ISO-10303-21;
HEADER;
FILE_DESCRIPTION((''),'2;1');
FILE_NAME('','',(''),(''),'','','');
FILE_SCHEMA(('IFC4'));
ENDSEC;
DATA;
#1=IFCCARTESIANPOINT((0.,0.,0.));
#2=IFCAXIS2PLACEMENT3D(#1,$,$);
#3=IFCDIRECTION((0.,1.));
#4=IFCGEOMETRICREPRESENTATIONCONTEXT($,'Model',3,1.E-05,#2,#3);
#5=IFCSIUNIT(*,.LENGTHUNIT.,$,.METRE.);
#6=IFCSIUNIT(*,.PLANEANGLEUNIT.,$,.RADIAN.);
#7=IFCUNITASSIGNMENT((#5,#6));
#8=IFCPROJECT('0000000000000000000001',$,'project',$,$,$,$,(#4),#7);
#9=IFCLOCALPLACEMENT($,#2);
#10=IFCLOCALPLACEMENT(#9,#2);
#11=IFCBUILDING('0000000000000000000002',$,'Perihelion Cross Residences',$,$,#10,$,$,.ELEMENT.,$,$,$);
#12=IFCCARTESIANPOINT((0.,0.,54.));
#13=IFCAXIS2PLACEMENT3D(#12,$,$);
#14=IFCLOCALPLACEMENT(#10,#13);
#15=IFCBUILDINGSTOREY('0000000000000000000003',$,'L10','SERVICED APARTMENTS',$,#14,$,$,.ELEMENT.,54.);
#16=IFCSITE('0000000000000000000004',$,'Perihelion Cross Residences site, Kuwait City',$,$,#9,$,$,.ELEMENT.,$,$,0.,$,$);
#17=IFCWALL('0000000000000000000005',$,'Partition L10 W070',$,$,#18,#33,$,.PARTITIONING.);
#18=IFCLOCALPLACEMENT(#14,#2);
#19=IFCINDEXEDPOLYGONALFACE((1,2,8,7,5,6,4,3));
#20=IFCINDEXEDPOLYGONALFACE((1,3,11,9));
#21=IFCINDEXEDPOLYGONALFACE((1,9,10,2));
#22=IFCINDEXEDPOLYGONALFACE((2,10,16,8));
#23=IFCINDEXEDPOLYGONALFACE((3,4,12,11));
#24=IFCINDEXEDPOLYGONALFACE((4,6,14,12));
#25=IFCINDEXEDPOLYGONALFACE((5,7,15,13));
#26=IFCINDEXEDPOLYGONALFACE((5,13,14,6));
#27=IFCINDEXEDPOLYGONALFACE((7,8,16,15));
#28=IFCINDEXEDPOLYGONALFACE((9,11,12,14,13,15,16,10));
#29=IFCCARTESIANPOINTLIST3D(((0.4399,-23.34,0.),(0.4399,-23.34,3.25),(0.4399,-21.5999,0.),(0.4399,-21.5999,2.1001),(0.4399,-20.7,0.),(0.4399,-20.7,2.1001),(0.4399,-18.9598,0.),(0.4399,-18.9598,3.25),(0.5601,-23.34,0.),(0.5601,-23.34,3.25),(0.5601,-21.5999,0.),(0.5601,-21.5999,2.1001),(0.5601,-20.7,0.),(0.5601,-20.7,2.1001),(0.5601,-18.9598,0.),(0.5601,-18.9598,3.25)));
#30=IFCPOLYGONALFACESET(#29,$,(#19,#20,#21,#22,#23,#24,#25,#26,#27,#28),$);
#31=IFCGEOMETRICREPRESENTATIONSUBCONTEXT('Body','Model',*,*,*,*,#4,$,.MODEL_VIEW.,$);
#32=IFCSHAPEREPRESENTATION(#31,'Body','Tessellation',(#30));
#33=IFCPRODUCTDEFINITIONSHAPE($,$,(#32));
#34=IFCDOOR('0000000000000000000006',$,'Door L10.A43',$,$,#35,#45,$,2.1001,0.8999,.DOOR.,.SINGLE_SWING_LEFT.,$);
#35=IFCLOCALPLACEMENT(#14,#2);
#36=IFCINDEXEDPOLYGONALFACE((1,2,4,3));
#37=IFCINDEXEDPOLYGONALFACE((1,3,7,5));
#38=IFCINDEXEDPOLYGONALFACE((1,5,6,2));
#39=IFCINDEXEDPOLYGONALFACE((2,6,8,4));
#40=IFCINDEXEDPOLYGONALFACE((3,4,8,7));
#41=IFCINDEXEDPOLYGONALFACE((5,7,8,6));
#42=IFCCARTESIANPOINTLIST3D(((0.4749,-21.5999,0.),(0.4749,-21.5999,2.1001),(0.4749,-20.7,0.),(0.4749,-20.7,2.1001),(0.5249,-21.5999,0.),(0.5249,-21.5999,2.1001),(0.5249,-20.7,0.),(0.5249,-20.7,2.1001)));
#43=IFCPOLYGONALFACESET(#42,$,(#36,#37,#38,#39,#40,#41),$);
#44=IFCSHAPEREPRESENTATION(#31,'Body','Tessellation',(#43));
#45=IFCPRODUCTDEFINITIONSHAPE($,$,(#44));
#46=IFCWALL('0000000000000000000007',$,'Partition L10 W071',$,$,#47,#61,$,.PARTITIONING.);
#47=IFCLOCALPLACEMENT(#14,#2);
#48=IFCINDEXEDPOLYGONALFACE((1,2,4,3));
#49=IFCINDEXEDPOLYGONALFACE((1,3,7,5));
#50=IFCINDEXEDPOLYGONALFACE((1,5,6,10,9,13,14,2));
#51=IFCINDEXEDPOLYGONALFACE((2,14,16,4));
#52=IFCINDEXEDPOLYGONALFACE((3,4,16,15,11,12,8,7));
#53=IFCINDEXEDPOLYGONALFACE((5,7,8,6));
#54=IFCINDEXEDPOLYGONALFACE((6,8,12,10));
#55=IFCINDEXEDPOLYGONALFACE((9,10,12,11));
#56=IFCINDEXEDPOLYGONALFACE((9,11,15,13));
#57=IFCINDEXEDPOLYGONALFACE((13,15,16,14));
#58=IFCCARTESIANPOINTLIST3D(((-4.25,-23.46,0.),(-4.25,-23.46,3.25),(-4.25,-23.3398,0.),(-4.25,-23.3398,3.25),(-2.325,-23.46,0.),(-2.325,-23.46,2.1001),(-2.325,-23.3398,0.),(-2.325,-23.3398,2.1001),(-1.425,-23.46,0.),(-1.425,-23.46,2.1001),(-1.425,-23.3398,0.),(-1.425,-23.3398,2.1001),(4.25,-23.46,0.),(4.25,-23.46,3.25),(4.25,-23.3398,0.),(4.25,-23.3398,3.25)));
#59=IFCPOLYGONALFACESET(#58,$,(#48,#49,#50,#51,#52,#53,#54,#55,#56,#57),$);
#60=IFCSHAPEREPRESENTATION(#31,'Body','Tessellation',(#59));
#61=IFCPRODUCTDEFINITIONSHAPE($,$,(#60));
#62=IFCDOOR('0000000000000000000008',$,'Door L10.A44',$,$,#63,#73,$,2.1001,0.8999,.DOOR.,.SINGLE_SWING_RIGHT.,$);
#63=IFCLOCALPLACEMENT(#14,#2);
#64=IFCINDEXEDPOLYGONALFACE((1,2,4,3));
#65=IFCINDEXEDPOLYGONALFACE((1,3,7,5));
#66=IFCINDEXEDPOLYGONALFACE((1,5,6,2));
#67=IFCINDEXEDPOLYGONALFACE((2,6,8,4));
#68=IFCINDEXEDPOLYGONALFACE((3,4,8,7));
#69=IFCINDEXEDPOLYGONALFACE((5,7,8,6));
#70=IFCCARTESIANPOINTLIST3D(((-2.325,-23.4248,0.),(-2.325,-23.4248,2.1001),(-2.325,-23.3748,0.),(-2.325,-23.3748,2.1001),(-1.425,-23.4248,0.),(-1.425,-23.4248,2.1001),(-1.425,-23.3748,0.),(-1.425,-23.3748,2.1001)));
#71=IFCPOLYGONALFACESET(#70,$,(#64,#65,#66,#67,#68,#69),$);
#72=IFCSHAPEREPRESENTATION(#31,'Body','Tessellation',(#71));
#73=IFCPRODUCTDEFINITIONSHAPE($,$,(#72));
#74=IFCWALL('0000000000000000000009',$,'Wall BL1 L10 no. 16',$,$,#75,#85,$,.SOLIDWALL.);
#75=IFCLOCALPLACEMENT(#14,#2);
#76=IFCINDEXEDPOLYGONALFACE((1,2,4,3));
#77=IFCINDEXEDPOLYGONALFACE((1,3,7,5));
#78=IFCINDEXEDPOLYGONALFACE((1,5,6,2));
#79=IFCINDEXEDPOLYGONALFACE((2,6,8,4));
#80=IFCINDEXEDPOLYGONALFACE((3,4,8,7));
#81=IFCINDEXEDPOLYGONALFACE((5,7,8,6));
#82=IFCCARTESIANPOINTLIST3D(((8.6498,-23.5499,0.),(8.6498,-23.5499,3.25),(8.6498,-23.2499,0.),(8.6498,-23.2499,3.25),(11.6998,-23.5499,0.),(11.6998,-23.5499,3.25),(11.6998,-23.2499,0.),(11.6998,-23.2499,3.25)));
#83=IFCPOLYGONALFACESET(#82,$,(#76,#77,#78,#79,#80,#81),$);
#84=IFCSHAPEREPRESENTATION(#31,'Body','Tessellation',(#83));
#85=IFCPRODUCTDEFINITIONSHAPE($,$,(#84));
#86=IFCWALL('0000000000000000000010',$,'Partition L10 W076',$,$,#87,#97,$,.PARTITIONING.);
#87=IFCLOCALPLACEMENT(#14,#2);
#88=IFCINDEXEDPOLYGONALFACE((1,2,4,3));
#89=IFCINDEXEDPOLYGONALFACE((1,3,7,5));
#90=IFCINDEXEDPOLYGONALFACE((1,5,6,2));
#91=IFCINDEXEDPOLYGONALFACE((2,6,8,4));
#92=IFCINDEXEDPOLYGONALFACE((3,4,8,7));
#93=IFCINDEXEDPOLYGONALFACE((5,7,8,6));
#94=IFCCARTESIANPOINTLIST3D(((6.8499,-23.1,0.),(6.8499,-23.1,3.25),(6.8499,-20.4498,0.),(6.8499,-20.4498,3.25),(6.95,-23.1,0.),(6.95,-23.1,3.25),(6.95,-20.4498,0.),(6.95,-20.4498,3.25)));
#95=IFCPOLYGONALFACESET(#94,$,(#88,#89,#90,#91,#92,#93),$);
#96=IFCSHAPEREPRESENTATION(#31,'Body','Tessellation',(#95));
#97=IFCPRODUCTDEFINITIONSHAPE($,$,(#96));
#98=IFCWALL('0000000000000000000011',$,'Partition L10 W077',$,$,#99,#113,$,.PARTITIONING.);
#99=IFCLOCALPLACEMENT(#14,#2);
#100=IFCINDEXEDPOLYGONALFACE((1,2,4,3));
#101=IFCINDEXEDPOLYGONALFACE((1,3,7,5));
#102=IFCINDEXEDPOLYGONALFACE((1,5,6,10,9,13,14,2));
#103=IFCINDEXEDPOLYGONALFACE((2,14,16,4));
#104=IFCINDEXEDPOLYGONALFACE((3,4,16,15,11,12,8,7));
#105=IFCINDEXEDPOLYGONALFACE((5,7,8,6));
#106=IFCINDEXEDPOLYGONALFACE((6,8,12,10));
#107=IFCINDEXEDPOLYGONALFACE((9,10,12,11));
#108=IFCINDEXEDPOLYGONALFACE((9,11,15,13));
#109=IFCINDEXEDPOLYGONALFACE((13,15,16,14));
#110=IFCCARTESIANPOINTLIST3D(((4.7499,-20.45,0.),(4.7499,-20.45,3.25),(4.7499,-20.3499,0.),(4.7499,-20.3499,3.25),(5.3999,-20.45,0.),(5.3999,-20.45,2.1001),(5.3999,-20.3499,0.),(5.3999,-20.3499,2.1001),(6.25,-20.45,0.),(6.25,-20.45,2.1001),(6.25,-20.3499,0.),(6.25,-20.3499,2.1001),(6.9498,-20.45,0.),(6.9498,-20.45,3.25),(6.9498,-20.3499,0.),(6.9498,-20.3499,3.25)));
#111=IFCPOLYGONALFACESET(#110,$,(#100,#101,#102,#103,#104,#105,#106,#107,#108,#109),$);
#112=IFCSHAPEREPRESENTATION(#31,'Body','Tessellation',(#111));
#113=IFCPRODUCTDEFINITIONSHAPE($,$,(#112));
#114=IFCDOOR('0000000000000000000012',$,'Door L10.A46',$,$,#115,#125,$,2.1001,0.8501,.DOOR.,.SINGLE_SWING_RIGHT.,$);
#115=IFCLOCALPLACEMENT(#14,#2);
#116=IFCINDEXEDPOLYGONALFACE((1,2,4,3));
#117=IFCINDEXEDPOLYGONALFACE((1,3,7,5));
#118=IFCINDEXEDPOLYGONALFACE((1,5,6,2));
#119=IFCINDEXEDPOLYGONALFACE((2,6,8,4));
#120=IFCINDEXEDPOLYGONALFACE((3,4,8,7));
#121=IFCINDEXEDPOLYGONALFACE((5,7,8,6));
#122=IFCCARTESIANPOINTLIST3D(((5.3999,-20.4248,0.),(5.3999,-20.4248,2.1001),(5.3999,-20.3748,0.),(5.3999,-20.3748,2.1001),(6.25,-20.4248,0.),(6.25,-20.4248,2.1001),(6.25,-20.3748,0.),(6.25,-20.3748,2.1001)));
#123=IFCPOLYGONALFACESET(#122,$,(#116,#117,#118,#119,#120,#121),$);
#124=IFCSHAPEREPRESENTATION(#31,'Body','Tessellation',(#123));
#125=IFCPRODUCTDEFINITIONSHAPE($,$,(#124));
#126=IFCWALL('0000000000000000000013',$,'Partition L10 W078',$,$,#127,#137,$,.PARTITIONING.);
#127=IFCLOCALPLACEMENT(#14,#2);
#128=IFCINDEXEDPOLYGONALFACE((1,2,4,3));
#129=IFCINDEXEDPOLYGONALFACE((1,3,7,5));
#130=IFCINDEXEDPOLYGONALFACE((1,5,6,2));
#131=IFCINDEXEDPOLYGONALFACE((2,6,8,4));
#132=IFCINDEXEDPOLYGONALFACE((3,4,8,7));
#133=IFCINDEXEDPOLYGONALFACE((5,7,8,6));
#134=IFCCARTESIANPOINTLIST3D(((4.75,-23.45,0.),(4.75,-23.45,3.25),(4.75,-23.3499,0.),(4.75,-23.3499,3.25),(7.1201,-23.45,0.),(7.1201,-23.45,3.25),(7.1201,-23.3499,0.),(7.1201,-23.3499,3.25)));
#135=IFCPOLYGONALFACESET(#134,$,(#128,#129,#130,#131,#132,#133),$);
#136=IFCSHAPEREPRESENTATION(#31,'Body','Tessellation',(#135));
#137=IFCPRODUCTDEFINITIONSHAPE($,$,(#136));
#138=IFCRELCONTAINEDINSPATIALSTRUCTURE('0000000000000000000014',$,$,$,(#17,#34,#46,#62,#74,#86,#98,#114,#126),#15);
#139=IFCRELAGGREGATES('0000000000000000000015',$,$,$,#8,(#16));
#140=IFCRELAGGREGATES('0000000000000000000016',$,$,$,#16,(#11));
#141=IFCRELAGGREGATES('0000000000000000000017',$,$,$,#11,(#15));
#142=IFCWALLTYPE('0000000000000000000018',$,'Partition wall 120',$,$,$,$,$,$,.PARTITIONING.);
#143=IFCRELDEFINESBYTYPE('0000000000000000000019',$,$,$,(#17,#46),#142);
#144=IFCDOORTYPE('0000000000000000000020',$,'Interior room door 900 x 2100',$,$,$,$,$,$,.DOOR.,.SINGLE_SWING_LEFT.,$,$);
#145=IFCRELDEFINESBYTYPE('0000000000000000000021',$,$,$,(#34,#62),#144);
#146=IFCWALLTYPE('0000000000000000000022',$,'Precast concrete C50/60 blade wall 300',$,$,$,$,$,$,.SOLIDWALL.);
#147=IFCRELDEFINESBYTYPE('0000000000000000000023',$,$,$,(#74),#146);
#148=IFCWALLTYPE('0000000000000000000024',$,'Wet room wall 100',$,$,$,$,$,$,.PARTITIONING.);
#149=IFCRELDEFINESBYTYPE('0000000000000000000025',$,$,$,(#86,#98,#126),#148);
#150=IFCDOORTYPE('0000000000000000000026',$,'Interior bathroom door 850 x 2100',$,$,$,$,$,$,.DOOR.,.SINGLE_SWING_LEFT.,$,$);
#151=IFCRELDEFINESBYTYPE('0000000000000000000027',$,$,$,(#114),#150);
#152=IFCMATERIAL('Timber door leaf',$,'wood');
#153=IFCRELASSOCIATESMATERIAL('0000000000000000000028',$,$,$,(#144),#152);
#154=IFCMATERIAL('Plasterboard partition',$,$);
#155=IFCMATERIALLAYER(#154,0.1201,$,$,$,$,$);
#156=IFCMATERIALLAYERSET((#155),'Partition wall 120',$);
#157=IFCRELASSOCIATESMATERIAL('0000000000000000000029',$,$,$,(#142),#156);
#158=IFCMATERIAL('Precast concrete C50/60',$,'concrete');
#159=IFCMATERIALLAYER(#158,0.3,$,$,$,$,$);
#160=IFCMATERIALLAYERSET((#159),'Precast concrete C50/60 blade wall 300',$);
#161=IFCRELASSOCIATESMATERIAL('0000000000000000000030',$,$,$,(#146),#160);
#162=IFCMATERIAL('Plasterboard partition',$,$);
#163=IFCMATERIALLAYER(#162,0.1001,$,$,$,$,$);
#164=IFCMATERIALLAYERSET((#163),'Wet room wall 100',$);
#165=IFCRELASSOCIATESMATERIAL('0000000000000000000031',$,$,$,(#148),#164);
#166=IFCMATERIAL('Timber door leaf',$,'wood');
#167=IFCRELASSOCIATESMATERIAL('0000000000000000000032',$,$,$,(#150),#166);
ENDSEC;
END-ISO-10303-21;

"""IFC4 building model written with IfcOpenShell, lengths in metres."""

from ifc_helpers import new_model, si_unit, direction, frame, frame_2d, origin, place, context, subcontext, project, spatial, rectangle, extrude, material, layer, layer_set, type_object, element, fill, save


model = new_model("IFC4")

# Units and contexts
model_context = context("Model", 3, precision=1e-05, world=origin(), true_north=direction((0.0, 1.0)))
body_context = subcontext(model_context, "Body", "Model", "MODEL_VIEW")
ifc_project = project(units=[si_unit("LENGTHUNIT", "METRE"), si_unit("PLANEANGLEUNIT", "RADIAN")], contexts=[model_context])

# Site, building, storey
site_placement = place(None, origin())
site = spatial("IfcSite", under=ifc_project, at=site_placement, Name="Perihelion Cross Residences site, Kuwait City", CompositionType="ELEMENT", RefElevation=0.0)
building_placement = place(site_placement, origin())
building = spatial("IfcBuilding", under=site, at=building_placement, Name="Perihelion Cross Residences", CompositionType="ELEMENT")
storey_placement = place(building_placement, frame((0.0, 0.0, 54.0)))
storey = spatial("IfcBuildingStorey", under=building, at=storey_placement, Name="L10", Description="SERVICED APARTMENTS", CompositionType="ELEMENT", Elevation=54.0)

# Walls, openings, doors
ifc_material_1 = material(Name="Timber door leaf", Category="wood")
door_type_1 = type_object("IfcDoorType", Name="Interior room door 900 x 2100", OperationType="SINGLE_SWING_LEFT", PredefinedType="DOOR", material=ifc_material_1)
ifc_material_2 = material(Name="Plasterboard partition")
ifc_layer_1 = layer(ifc_material_2, 0.1201)
ifc_layer_set_1 = layer_set([ifc_layer_1], Name="Partition wall 120")
wall_type_1 = type_object("IfcWallType", Name="Partition wall 120", PredefinedType="PARTITIONING", material=ifc_layer_set_1)
wall_1_placement = place(storey_placement, frame((0.5, -18.96, 0.0), z_axis=(0.0, 0.0, 1.0), x_axis=(0.0, -1.0, 0.0)))
wall_1 = element("IfcWall", 1, at=wall_1_placement, inside=storey, type_object=wall_type_1, Name="Partition L10 W070", PredefinedType="PARTITIONING", context=body_context, shape_type="SweptSolid", body=[
    extrude(rectangle(XDim=4.3801, YDim=0.1201, at=frame_2d((2.1899, 0.0))), origin(), (0.0, 0.0, 1.0), 3.25),
])
opening_1_placement = place(wall_1_placement, frame((1.74, 0.0, 0.0)))
opening_1 = element("IfcOpeningElement", 2, at=opening_1_placement, cuts=wall_1, PredefinedType="OPENING", context=body_context, shape_type="SweptSolid", body=[
    extrude(rectangle(XDim=0.8999, YDim=2.1001, at=frame_2d((0.45, 1.05))), frame((0.0, 0.0701, 0.0), z_axis=(0.0, -1.0, 0.0), x_axis=(1.0, 0.0, 0.0)), (0.0, 0.0, 1.0), 0.1401),
])
door_1_placement = place(opening_1_placement, origin())
door_1 = element("IfcDoor", 3, at=door_1_placement, inside=storey, type_object=door_type_1, Name="Door L10.A43", OperationType="SINGLE_SWING_LEFT", OverallHeight=2.1001, OverallWidth=0.8999, PredefinedType="DOOR", context=body_context, shape_type="SweptSolid", body=[
    extrude(rectangle(XDim=0.8999, YDim=2.1001, at=frame_2d((0.45, 1.05))), frame((0.0, 0.0249, 0.0), z_axis=(0.0, -1.0, 0.0), x_axis=(1.0, 0.0, 0.0)), (0.0, 0.0, 1.0), 0.05),
])
fill(opening_1, door_1)
wall_2_placement = place(storey_placement, frame((4.25, -23.3999, 0.0), z_axis=(0.0, 0.0, 1.0), x_axis=(-1.0, 0.0, 0.0)))
wall_2 = element("IfcWall", 4, at=wall_2_placement, inside=storey, type_object=wall_type_1, Name="Partition L10 W071", PredefinedType="PARTITIONING", context=body_context, shape_type="SweptSolid", body=[
    extrude(rectangle(XDim=8.5, YDim=0.1201, at=frame_2d((4.25, 0.0))), origin(), (0.0, 0.0, 1.0), 3.25),
])
opening_2_placement = place(wall_2_placement, frame((5.675, 0.0, 0.0)))
opening_2 = element("IfcOpeningElement", 5, at=opening_2_placement, cuts=wall_2, PredefinedType="OPENING", context=body_context, shape_type="SweptSolid", body=[
    extrude(rectangle(XDim=0.8999, YDim=2.1001, at=frame_2d((0.45, 1.05))), frame((0.0, 0.0701, 0.0), z_axis=(0.0, -1.0, 0.0), x_axis=(1.0, 0.0, 0.0)), (0.0, 0.0, 1.0), 0.1401),
])
door_2_placement = place(opening_2_placement, origin())
door_2 = element("IfcDoor", 6, at=door_2_placement, inside=storey, type_object=door_type_1, Name="Door L10.A44", OperationType="SINGLE_SWING_RIGHT", OverallHeight=2.1001, OverallWidth=0.8999, PredefinedType="DOOR", context=body_context, shape_type="SweptSolid", body=[
    extrude(rectangle(XDim=0.8999, YDim=2.1001, at=frame_2d((0.45, 1.05))), frame((0.0, 0.0249, 0.0), z_axis=(0.0, -1.0, 0.0), x_axis=(1.0, 0.0, 0.0)), (0.0, 0.0, 1.0), 0.05),
])
fill(opening_2, door_2)

# Walls
ifc_material_3 = material(Name="Precast concrete C50/60", Category="concrete")
ifc_layer_2 = layer(ifc_material_3, 0.3)
ifc_layer_set_2 = layer_set([ifc_layer_2], Name="Precast concrete C50/60 blade wall 300")
wall_type_2 = type_object("IfcWallType", Name="Precast concrete C50/60 blade wall 300", PredefinedType="SOLIDWALL", material=ifc_layer_set_2)
wall_3_placement = place(storey_placement, frame((8.6499, -23.3999, 0.0), z_axis=(0.0, 0.0, 1.0), x_axis=(1.0, 0.0, 0.0)))
element("IfcWall", 7, at=wall_3_placement, inside=storey, type_object=wall_type_2, Name="Wall BL1 L10 no. 16", PredefinedType="SOLIDWALL", context=body_context, shape_type="SweptSolid", body=[
    extrude(rectangle(XDim=3.05, YDim=0.3, at=frame_2d((1.5249, 0.0))), origin(), (0.0, 0.0, 1.0), 3.25),
])
ifc_material_4 = material(Name="Plasterboard partition")
ifc_layer_3 = layer(ifc_material_4, 0.1001)
ifc_layer_set_3 = layer_set([ifc_layer_3], Name="Wet room wall 100")
wall_type_3 = type_object("IfcWallType", Name="Wet room wall 100", PredefinedType="PARTITIONING", material=ifc_layer_set_3)
wall_4_placement = place(storey_placement, frame((6.8999, -23.1001, 0.0), z_axis=(0.0, 0.0, 1.0), x_axis=(0.0, 1.0, 0.0)))
element("IfcWall", 8, at=wall_4_placement, inside=storey, type_object=wall_type_3, Name="Partition L10 W076", PredefinedType="PARTITIONING", context=body_context, shape_type="SweptSolid", body=[
    extrude(rectangle(XDim=2.6501, YDim=0.1001, at=frame_2d((1.3252, 0.0))), origin(), (0.0, 0.0, 1.0), 3.25),
])

# Wall, opening, door
wall_5_placement = place(storey_placement, frame((6.95, -20.3999, 0.0), z_axis=(0.0, 0.0, 1.0), x_axis=(-1.0, 0.0, 0.0)))
wall_5 = element("IfcWall", 9, at=wall_5_placement, inside=storey, type_object=wall_type_3, Name="Partition L10 W077", PredefinedType="PARTITIONING", context=body_context, shape_type="SweptSolid", body=[
    extrude(rectangle(XDim=2.2, YDim=0.1001, at=frame_2d((1.1001, 0.0))), origin(), (0.0, 0.0, 1.0), 3.25),
])
opening_3_placement = place(wall_5_placement, frame((0.7, 0.0, 0.0)))
opening_3 = element("IfcOpeningElement", 10, at=opening_3_placement, cuts=wall_5, PredefinedType="OPENING", context=body_context, shape_type="SweptSolid", body=[
    extrude(rectangle(XDim=0.8501, YDim=2.1001, at=frame_2d((0.425, 1.05))), frame((0.0, 0.0601, 0.0), z_axis=(0.0, -1.0, 0.0), x_axis=(1.0, 0.0, 0.0)), (0.0, 0.0, 1.0), 0.1201),
])
ifc_material_5 = material(Name="Timber door leaf", Category="wood")
door_type_2 = type_object("IfcDoorType", Name="Interior bathroom door 850 x 2100", OperationType="SINGLE_SWING_LEFT", PredefinedType="DOOR", material=ifc_material_5)
door_3_placement = place(opening_3_placement, origin())
door_3 = element("IfcDoor", 11, at=door_3_placement, inside=storey, type_object=door_type_2, Name="Door L10.A46", OperationType="SINGLE_SWING_RIGHT", OverallHeight=2.1001, OverallWidth=0.8501, PredefinedType="DOOR", context=body_context, shape_type="SweptSolid", body=[
    extrude(rectangle(XDim=0.8501, YDim=2.1001, at=frame_2d((0.425, 1.05))), frame((0.0, 0.0249, 0.0), z_axis=(0.0, -1.0, 0.0), x_axis=(1.0, 0.0, 0.0)), (0.0, 0.0, 1.0), 0.05),
])
fill(opening_3, door_3)

# Wall
wall_6_placement = place(storey_placement, frame((7.1201, -23.3999, 0.0), z_axis=(0.0, 0.0, 1.0), x_axis=(-1.0, 0.0, 0.0)))
element("IfcWall", 12, at=wall_6_placement, inside=storey, type_object=wall_type_3, Name="Partition L10 W078", PredefinedType="PARTITIONING", context=body_context, shape_type="SweptSolid", body=[
    extrude(rectangle(XDim=2.3701, YDim=0.1001, at=frame_2d((1.1851, 0.0))), origin(), (0.0, 0.0, 1.0), 3.25),
])

save(model, "model.ifc")
